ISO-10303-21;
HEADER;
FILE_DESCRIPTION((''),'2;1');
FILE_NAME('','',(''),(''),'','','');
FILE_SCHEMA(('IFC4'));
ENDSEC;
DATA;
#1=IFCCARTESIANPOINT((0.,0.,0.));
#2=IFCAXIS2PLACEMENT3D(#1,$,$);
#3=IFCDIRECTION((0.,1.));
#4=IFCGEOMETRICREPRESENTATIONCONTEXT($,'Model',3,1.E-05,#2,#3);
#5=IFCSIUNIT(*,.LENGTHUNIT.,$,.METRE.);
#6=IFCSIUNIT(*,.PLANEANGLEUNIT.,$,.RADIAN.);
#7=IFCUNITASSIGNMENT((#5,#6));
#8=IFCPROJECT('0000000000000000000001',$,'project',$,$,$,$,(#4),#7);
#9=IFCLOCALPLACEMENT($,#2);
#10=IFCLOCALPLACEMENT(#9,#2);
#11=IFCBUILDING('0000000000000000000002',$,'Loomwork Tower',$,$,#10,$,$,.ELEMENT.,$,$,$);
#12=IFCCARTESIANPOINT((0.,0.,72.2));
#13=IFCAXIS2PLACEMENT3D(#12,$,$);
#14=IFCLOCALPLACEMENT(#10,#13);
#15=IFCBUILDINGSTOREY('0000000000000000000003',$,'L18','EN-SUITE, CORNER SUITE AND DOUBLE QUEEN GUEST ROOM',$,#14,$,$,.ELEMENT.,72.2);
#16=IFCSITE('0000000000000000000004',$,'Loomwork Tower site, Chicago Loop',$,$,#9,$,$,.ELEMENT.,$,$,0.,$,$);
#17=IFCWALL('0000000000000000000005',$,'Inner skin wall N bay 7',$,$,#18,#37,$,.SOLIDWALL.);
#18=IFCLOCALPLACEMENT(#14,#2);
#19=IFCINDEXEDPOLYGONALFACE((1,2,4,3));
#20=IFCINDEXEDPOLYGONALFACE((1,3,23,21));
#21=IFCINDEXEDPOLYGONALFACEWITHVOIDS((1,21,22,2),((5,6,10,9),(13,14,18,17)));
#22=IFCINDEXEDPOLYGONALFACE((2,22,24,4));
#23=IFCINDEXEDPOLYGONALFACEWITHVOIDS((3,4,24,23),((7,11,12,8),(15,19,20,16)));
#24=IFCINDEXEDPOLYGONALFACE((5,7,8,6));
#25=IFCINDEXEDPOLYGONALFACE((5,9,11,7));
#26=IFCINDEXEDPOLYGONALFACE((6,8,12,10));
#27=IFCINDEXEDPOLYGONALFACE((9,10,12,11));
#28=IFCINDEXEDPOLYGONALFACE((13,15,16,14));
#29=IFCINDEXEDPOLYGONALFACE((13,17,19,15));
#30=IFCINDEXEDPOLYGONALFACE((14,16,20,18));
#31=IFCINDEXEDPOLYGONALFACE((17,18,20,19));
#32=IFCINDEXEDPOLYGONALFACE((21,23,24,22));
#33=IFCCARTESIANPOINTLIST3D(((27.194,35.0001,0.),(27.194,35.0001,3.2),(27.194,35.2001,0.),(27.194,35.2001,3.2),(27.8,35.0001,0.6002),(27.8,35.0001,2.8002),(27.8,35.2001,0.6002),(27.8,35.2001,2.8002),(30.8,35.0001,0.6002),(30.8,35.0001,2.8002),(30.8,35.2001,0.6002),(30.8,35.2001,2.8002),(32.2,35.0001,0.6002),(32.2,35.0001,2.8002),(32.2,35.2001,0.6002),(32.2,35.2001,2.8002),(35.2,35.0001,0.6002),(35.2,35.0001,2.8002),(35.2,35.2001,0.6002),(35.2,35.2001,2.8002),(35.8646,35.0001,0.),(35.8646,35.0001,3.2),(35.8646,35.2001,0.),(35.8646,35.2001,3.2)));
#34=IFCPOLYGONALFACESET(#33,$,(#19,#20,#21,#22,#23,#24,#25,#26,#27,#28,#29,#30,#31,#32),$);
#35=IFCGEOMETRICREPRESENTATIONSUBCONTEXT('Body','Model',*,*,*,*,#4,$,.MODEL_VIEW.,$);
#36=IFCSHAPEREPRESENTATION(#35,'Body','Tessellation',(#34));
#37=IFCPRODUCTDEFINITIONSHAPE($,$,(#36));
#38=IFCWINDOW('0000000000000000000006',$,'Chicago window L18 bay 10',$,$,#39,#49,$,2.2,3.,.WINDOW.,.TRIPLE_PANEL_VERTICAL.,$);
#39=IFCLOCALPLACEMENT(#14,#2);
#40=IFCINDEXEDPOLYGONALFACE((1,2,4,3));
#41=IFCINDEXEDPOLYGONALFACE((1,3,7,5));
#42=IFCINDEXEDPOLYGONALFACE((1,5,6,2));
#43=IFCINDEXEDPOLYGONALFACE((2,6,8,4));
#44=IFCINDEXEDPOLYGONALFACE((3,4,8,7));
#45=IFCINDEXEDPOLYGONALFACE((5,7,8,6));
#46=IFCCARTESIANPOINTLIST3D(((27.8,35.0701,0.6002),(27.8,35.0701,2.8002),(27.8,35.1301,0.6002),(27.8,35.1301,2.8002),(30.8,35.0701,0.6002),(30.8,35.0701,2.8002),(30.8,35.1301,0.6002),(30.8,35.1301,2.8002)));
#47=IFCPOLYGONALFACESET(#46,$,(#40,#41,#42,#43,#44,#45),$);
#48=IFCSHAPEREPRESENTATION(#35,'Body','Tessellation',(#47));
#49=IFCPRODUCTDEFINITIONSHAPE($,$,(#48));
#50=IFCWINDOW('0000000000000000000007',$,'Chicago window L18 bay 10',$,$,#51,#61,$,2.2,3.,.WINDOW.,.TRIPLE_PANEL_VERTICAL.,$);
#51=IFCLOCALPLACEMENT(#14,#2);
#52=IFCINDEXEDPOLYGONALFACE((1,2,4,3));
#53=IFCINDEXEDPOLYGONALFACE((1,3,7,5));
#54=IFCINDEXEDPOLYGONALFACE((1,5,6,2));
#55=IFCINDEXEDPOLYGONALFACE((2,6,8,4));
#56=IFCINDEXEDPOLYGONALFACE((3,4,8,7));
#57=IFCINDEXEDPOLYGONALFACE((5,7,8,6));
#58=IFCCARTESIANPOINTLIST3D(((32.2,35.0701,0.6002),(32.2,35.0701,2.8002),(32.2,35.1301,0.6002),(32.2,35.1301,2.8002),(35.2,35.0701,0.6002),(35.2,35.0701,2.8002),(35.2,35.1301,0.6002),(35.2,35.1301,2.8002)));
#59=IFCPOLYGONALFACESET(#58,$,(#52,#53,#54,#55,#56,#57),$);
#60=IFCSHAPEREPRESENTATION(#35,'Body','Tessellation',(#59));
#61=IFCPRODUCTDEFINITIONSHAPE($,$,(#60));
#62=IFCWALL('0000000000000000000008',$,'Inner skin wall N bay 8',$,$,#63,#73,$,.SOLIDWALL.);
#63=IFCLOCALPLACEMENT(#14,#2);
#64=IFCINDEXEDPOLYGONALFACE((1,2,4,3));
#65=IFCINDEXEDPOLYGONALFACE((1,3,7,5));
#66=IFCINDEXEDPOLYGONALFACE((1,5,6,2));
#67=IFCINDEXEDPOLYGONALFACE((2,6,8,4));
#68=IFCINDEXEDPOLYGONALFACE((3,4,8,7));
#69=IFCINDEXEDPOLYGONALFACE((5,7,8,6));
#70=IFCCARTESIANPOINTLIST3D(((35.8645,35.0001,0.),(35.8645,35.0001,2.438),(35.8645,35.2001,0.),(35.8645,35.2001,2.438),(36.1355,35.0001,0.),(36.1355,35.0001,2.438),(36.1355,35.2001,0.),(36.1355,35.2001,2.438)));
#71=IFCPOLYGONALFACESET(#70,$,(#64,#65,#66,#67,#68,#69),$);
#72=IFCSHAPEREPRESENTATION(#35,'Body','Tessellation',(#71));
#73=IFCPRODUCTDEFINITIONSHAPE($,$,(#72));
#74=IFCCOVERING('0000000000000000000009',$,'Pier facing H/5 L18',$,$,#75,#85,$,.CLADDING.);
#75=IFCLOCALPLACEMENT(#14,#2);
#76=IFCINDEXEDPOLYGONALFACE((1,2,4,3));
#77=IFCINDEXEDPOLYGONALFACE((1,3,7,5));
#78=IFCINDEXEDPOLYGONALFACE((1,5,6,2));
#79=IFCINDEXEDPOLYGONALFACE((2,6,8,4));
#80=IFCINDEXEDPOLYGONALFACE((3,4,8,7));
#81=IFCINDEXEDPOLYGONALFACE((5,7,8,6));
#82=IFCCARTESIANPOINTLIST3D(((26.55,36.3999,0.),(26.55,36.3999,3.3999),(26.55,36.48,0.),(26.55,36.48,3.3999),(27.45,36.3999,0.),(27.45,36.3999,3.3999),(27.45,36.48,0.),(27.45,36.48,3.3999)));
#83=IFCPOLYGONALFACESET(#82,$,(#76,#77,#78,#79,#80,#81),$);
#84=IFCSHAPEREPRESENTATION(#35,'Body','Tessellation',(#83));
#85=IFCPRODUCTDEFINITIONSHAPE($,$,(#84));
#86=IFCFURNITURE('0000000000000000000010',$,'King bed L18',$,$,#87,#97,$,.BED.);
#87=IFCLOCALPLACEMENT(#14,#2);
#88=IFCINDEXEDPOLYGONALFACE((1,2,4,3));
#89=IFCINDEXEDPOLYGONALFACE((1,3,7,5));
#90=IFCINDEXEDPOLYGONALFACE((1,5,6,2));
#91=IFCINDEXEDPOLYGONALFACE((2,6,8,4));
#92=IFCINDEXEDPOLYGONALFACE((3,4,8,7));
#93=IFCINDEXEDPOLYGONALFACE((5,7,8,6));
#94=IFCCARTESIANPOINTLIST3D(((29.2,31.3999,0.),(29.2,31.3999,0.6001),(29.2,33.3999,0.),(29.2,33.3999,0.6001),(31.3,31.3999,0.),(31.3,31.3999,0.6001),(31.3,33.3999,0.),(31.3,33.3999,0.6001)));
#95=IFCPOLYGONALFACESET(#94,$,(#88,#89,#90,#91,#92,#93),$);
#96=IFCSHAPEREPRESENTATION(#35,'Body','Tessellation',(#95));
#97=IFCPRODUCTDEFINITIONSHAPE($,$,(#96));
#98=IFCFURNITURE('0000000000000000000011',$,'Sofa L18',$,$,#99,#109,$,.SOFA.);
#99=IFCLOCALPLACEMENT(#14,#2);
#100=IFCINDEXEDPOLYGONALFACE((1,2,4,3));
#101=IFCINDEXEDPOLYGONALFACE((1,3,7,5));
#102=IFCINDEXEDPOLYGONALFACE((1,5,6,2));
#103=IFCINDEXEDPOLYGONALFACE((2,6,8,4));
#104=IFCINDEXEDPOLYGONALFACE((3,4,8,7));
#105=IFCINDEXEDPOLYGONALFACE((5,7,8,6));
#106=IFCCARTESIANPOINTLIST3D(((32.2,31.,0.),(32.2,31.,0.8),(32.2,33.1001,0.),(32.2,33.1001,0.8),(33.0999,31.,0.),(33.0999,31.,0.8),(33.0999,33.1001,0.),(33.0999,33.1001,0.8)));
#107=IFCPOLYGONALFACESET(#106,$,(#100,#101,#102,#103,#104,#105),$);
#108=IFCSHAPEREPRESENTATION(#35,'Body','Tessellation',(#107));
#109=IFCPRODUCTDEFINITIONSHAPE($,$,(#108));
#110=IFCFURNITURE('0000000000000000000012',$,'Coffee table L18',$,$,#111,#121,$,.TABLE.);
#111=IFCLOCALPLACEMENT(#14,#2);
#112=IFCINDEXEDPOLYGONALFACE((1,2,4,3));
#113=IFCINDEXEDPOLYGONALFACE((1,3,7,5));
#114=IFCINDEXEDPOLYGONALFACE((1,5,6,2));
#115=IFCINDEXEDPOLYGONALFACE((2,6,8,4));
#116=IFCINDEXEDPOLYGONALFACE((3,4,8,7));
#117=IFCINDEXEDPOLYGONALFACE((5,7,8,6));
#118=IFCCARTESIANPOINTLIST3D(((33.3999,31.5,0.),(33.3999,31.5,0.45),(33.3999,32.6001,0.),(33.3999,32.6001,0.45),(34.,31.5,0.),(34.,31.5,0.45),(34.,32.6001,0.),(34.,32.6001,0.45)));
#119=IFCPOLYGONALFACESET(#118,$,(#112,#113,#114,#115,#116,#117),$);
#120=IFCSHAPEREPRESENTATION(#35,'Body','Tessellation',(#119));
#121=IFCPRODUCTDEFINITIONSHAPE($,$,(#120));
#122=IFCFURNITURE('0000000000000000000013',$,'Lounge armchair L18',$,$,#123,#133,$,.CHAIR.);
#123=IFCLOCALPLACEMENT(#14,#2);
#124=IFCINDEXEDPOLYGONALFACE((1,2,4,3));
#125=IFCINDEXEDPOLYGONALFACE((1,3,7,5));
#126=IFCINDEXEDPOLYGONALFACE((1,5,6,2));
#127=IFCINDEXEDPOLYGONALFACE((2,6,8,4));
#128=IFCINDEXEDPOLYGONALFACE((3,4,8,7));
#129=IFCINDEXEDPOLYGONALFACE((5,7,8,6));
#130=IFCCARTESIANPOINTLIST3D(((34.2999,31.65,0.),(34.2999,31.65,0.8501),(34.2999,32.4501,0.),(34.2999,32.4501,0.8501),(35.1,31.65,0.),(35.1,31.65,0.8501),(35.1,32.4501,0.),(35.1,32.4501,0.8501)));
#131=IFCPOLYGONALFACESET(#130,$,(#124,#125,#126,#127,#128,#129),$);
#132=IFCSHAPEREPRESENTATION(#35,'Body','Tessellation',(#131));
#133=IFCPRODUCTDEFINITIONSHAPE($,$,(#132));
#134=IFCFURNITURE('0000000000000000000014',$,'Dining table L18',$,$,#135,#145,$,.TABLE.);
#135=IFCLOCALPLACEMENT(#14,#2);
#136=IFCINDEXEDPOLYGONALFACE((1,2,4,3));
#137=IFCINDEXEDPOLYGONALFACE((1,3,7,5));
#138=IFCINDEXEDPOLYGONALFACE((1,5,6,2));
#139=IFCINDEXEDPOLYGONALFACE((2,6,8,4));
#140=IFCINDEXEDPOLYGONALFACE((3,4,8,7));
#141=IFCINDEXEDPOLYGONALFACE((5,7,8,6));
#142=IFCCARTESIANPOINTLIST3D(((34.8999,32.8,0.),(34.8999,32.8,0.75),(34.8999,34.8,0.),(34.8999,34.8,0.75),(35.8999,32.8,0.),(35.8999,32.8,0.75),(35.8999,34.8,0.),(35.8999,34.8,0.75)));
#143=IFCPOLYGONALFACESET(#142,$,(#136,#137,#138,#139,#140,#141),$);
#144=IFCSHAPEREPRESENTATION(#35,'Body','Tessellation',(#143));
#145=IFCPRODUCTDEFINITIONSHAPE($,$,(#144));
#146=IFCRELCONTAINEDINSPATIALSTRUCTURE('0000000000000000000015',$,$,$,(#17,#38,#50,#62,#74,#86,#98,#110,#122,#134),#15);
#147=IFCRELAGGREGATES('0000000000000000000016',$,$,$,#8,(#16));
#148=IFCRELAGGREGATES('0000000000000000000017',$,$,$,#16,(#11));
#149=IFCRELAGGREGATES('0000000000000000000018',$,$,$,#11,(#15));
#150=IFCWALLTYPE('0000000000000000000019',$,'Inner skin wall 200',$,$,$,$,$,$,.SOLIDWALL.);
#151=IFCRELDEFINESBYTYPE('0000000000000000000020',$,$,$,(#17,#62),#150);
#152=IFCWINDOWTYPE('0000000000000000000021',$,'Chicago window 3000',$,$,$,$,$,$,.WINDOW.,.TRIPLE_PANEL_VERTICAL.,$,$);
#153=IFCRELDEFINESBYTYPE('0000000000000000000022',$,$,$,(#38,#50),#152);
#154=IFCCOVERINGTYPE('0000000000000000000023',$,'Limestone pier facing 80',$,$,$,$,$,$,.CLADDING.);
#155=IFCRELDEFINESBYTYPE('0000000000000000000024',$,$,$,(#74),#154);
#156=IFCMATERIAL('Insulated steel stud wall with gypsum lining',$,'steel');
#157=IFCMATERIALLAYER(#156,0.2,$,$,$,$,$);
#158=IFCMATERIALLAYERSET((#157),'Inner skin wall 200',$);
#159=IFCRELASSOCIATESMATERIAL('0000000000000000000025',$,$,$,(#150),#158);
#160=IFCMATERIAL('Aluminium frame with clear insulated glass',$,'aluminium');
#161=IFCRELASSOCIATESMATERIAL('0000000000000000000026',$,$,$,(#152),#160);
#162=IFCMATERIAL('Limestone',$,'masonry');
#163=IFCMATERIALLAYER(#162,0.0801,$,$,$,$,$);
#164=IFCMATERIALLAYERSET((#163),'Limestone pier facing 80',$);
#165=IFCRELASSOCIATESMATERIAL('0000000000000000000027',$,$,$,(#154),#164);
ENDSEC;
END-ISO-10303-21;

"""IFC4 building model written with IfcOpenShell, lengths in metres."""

from ifc_helpers import new_model, si_unit, direction, frame, frame_2d, origin, origin_2d, place, context, subcontext, project, spatial, rectangle, extrude, material, layer, layer_set, type_object, element, fill, save


model = new_model("IFC4")

# Units and contexts
model_context = context("Model", 3, precision=1e-05, world=origin(), true_north=direction((0.0, 1.0)))
body_context = subcontext(model_context, "Body", "Model", "MODEL_VIEW")
ifc_project = project(units=[si_unit("LENGTHUNIT", "METRE"), si_unit("PLANEANGLEUNIT", "RADIAN")], contexts=[model_context])

# Site, building, storey
site_placement = place(None, origin())
site = spatial("IfcSite", under=ifc_project, at=site_placement, Name="Loomwork Tower site, Chicago Loop", CompositionType="ELEMENT", RefElevation=0.0)
building_placement = place(site_placement, origin())
building = spatial("IfcBuilding", under=site, at=building_placement, Name="Loomwork Tower", CompositionType="ELEMENT")
storey_placement = place(building_placement, frame((0.0, 0.0, 72.2)))
storey = spatial("IfcBuildingStorey", under=building, at=storey_placement, Name="L18", Description="EN-SUITE, CORNER SUITE AND DOUBLE QUEEN GUEST ROOM", CompositionType="ELEMENT", Elevation=72.2)

# Wall, openings, windows
ifc_material_1 = material(Name="Insulated steel stud wall with gypsum lining", Category="steel")
ifc_layer_1 = layer(ifc_material_1, 0.2)
ifc_layer_set_1 = layer_set([ifc_layer_1], Name="Inner skin wall 200")
wall_type = type_object("IfcWallType", Name="Inner skin wall 200", PredefinedType="SOLIDWALL", material=ifc_layer_set_1)
wall_1_placement = place(storey_placement, frame((27.1938, 35.1001, 0.0), z_axis=(0.0, 0.0, 1.0), x_axis=(1.0, 0.0, 0.0)))
wall_1 = element("IfcWall", 1, at=wall_1_placement, inside=storey, type_object=wall_type, Name="Inner skin wall N bay 7", PredefinedType="SOLIDWALL", context=body_context, shape_type="SweptSolid", body=[
    extrude(rectangle(XDim=8.6707, YDim=0.2, at=frame_2d((4.3354, 0.0))), origin(), (0.0, 0.0, 1.0), 3.2),
])
opening_1_placement = place(wall_1_placement, frame((0.6062, 0.0, 0.6001)))
opening_1 = element("IfcOpeningElement", 2, at=opening_1_placement, cuts=wall_1, PredefinedType="OPENING", context=body_context, shape_type="SweptSolid", body=[
    extrude(rectangle(XDim=3.0, YDim=2.2, at=frame_2d((1.5, 1.1001))), frame((0.0, 0.1099, 0.0), z_axis=(0.0, -1.0, 0.0), x_axis=(1.0, 0.0, 0.0)), (0.0, 0.0, 1.0), 0.22),
])
opening_2_placement = place(wall_1_placement, frame((5.0061, 0.0, 0.6001)))
opening_2 = element("IfcOpeningElement", 3, at=opening_2_placement, cuts=wall_1, PredefinedType="OPENING", context=body_context, shape_type="SweptSolid", body=[
    extrude(rectangle(XDim=3.0, YDim=2.2, at=frame_2d((1.5, 1.1001))), frame((0.0, 0.1099, 0.0), z_axis=(0.0, -1.0, 0.0), x_axis=(1.0, 0.0, 0.0)), (0.0, 0.0, 1.0), 0.22),
])
ifc_material_2 = material(Name="Aluminium frame with clear insulated glass", Category="aluminium")
window_type = type_object("IfcWindowType", Name="Chicago window 3000", PartitioningType="TRIPLE_PANEL_VERTICAL", PredefinedType="WINDOW", material=ifc_material_2)
window_1_placement = place(opening_1_placement, origin())
window_1 = element("IfcWindow", 4, at=window_1_placement, inside=storey, type_object=window_type, Name="Chicago window L18 bay 10", OverallHeight=2.2, OverallWidth=3.0, PartitioningType="TRIPLE_PANEL_VERTICAL", PredefinedType="WINDOW", context=body_context, shape_type="SweptSolid", body=[
    extrude(rectangle(XDim=3.0, YDim=2.2, at=frame_2d((1.5, 1.1001))), frame((0.0, 0.03, 0.0), z_axis=(0.0, -1.0, 0.0), x_axis=(1.0, 0.0, 0.0)), (0.0, 0.0, 1.0), 0.0601),
])
fill(opening_1, window_1)
window_2_placement = place(opening_2_placement, origin())
window_2 = element("IfcWindow", 5, at=window_2_placement, inside=storey, type_object=window_type, Name="Chicago window L18 bay 10", OverallHeight=2.2, OverallWidth=3.0, PartitioningType="TRIPLE_PANEL_VERTICAL", PredefinedType="WINDOW", context=body_context, shape_type="SweptSolid", body=[
    extrude(rectangle(XDim=3.0, YDim=2.2, at=frame_2d((1.5, 1.1001))), frame((0.0, 0.03, 0.0), z_axis=(0.0, -1.0, 0.0), x_axis=(1.0, 0.0, 0.0)), (0.0, 0.0, 1.0), 0.0601),
])
fill(opening_2, window_2)

# Wall
wall_2_placement = place(storey_placement, frame((35.8645, 35.1001, 0.0), z_axis=(0.0, 0.0, 1.0), x_axis=(1.0, 0.0, 0.0)))
element("IfcWall", 6, at=wall_2_placement, inside=storey, type_object=wall_type, Name="Inner skin wall N bay 8", PredefinedType="SOLIDWALL", context=body_context, shape_type="SweptSolid", body=[
    extrude(rectangle(XDim=0.271, YDim=0.2, at=frame_2d((0.1355, 0.0))), origin(), (0.0, 0.0, 1.0), 2.438),
])

# Covering
ifc_material_3 = material(Name="Limestone", Category="masonry")
ifc_layer_2 = layer(ifc_material_3, 0.0801)
ifc_layer_set_2 = layer_set([ifc_layer_2], Name="Limestone pier facing 80")
covering_type = type_object("IfcCoveringType", Name="Limestone pier facing 80", PredefinedType="CLADDING", material=ifc_layer_set_2)
covering_placement = place(storey_placement, frame((27.0, 36.4399, 0.0), z_axis=(0.0, 0.0, 1.0), x_axis=(1.0, 0.0, 0.0)))
element("IfcCovering", 7, at=covering_placement, inside=storey, type_object=covering_type, Name="Pier facing H/5 L18", PredefinedType="CLADDING", context=body_context, shape_type="SweptSolid", body=[
    extrude(rectangle(XDim=0.8999, YDim=0.0801, at=origin_2d()), origin(), (0.0, 0.0, 1.0), 3.3999),
])

# Furniture
furniture_1_placement = place(storey_placement, frame((30.25, 32.3999, 0.0), z_axis=(0.0, 0.0, 1.0), x_axis=(1.0, 0.0, 0.0)))
element("IfcFurniture", 8, at=furniture_1_placement, inside=storey, Name="King bed L18", PredefinedType="BED", context=body_context, shape_type="SweptSolid", body=[
    extrude(rectangle(XDim=2.1001, YDim=2.0, at=origin_2d()), origin(), (0.0, 0.0, 1.0), 0.6001),
])
furniture_2_placement = place(storey_placement, frame((32.6499, 32.05, 0.0), z_axis=(0.0, 0.0, 1.0), x_axis=(1.0, 0.0, 0.0)))
element("IfcFurniture", 9, at=furniture_2_placement, inside=storey, Name="Sofa L18", PredefinedType="SOFA", context=body_context, shape_type="SweptSolid", body=[
    extrude(rectangle(XDim=0.8999, YDim=2.1001, at=origin_2d()), origin(), (0.0, 0.0, 1.0), 0.8),
])
furniture_3_placement = place(storey_placement, frame((33.7, 32.05, 0.0), z_axis=(0.0, 0.0, 1.0), x_axis=(1.0, 0.0, 0.0)))
element("IfcFurniture", 10, at=furniture_3_placement, inside=storey, Name="Coffee table L18", PredefinedType="TABLE", context=body_context, shape_type="SweptSolid", body=[
    extrude(rectangle(XDim=0.6001, YDim=1.1001, at=origin_2d()), origin(), (0.0, 0.0, 1.0), 0.45),
])
furniture_4_placement = place(storey_placement, frame((34.7, 32.05, 0.0), z_axis=(0.0, 0.0, 1.0), x_axis=(1.0, 0.0, 0.0)))
element("IfcFurniture", 11, at=furniture_4_placement, inside=storey, Name="Lounge armchair L18", PredefinedType="CHAIR", context=body_context, shape_type="SweptSolid", body=[
    extrude(rectangle(XDim=0.8, YDim=0.8, at=origin_2d()), origin(), (0.0, 0.0, 1.0), 0.8501),
])
furniture_5_placement = place(storey_placement, frame((35.3999, 33.8, 0.0), z_axis=(0.0, 0.0, 1.0), x_axis=(1.0, 0.0, 0.0)))
element("IfcFurniture", 12, at=furniture_5_placement, inside=storey, Name="Dining table L18", PredefinedType="TABLE", context=body_context, shape_type="SweptSolid", body=[
    extrude(rectangle(XDim=1.0, YDim=2.0, at=origin_2d()), origin(), (0.0, 0.0, 1.0), 0.75),
])

save(model, "model.ifc")
